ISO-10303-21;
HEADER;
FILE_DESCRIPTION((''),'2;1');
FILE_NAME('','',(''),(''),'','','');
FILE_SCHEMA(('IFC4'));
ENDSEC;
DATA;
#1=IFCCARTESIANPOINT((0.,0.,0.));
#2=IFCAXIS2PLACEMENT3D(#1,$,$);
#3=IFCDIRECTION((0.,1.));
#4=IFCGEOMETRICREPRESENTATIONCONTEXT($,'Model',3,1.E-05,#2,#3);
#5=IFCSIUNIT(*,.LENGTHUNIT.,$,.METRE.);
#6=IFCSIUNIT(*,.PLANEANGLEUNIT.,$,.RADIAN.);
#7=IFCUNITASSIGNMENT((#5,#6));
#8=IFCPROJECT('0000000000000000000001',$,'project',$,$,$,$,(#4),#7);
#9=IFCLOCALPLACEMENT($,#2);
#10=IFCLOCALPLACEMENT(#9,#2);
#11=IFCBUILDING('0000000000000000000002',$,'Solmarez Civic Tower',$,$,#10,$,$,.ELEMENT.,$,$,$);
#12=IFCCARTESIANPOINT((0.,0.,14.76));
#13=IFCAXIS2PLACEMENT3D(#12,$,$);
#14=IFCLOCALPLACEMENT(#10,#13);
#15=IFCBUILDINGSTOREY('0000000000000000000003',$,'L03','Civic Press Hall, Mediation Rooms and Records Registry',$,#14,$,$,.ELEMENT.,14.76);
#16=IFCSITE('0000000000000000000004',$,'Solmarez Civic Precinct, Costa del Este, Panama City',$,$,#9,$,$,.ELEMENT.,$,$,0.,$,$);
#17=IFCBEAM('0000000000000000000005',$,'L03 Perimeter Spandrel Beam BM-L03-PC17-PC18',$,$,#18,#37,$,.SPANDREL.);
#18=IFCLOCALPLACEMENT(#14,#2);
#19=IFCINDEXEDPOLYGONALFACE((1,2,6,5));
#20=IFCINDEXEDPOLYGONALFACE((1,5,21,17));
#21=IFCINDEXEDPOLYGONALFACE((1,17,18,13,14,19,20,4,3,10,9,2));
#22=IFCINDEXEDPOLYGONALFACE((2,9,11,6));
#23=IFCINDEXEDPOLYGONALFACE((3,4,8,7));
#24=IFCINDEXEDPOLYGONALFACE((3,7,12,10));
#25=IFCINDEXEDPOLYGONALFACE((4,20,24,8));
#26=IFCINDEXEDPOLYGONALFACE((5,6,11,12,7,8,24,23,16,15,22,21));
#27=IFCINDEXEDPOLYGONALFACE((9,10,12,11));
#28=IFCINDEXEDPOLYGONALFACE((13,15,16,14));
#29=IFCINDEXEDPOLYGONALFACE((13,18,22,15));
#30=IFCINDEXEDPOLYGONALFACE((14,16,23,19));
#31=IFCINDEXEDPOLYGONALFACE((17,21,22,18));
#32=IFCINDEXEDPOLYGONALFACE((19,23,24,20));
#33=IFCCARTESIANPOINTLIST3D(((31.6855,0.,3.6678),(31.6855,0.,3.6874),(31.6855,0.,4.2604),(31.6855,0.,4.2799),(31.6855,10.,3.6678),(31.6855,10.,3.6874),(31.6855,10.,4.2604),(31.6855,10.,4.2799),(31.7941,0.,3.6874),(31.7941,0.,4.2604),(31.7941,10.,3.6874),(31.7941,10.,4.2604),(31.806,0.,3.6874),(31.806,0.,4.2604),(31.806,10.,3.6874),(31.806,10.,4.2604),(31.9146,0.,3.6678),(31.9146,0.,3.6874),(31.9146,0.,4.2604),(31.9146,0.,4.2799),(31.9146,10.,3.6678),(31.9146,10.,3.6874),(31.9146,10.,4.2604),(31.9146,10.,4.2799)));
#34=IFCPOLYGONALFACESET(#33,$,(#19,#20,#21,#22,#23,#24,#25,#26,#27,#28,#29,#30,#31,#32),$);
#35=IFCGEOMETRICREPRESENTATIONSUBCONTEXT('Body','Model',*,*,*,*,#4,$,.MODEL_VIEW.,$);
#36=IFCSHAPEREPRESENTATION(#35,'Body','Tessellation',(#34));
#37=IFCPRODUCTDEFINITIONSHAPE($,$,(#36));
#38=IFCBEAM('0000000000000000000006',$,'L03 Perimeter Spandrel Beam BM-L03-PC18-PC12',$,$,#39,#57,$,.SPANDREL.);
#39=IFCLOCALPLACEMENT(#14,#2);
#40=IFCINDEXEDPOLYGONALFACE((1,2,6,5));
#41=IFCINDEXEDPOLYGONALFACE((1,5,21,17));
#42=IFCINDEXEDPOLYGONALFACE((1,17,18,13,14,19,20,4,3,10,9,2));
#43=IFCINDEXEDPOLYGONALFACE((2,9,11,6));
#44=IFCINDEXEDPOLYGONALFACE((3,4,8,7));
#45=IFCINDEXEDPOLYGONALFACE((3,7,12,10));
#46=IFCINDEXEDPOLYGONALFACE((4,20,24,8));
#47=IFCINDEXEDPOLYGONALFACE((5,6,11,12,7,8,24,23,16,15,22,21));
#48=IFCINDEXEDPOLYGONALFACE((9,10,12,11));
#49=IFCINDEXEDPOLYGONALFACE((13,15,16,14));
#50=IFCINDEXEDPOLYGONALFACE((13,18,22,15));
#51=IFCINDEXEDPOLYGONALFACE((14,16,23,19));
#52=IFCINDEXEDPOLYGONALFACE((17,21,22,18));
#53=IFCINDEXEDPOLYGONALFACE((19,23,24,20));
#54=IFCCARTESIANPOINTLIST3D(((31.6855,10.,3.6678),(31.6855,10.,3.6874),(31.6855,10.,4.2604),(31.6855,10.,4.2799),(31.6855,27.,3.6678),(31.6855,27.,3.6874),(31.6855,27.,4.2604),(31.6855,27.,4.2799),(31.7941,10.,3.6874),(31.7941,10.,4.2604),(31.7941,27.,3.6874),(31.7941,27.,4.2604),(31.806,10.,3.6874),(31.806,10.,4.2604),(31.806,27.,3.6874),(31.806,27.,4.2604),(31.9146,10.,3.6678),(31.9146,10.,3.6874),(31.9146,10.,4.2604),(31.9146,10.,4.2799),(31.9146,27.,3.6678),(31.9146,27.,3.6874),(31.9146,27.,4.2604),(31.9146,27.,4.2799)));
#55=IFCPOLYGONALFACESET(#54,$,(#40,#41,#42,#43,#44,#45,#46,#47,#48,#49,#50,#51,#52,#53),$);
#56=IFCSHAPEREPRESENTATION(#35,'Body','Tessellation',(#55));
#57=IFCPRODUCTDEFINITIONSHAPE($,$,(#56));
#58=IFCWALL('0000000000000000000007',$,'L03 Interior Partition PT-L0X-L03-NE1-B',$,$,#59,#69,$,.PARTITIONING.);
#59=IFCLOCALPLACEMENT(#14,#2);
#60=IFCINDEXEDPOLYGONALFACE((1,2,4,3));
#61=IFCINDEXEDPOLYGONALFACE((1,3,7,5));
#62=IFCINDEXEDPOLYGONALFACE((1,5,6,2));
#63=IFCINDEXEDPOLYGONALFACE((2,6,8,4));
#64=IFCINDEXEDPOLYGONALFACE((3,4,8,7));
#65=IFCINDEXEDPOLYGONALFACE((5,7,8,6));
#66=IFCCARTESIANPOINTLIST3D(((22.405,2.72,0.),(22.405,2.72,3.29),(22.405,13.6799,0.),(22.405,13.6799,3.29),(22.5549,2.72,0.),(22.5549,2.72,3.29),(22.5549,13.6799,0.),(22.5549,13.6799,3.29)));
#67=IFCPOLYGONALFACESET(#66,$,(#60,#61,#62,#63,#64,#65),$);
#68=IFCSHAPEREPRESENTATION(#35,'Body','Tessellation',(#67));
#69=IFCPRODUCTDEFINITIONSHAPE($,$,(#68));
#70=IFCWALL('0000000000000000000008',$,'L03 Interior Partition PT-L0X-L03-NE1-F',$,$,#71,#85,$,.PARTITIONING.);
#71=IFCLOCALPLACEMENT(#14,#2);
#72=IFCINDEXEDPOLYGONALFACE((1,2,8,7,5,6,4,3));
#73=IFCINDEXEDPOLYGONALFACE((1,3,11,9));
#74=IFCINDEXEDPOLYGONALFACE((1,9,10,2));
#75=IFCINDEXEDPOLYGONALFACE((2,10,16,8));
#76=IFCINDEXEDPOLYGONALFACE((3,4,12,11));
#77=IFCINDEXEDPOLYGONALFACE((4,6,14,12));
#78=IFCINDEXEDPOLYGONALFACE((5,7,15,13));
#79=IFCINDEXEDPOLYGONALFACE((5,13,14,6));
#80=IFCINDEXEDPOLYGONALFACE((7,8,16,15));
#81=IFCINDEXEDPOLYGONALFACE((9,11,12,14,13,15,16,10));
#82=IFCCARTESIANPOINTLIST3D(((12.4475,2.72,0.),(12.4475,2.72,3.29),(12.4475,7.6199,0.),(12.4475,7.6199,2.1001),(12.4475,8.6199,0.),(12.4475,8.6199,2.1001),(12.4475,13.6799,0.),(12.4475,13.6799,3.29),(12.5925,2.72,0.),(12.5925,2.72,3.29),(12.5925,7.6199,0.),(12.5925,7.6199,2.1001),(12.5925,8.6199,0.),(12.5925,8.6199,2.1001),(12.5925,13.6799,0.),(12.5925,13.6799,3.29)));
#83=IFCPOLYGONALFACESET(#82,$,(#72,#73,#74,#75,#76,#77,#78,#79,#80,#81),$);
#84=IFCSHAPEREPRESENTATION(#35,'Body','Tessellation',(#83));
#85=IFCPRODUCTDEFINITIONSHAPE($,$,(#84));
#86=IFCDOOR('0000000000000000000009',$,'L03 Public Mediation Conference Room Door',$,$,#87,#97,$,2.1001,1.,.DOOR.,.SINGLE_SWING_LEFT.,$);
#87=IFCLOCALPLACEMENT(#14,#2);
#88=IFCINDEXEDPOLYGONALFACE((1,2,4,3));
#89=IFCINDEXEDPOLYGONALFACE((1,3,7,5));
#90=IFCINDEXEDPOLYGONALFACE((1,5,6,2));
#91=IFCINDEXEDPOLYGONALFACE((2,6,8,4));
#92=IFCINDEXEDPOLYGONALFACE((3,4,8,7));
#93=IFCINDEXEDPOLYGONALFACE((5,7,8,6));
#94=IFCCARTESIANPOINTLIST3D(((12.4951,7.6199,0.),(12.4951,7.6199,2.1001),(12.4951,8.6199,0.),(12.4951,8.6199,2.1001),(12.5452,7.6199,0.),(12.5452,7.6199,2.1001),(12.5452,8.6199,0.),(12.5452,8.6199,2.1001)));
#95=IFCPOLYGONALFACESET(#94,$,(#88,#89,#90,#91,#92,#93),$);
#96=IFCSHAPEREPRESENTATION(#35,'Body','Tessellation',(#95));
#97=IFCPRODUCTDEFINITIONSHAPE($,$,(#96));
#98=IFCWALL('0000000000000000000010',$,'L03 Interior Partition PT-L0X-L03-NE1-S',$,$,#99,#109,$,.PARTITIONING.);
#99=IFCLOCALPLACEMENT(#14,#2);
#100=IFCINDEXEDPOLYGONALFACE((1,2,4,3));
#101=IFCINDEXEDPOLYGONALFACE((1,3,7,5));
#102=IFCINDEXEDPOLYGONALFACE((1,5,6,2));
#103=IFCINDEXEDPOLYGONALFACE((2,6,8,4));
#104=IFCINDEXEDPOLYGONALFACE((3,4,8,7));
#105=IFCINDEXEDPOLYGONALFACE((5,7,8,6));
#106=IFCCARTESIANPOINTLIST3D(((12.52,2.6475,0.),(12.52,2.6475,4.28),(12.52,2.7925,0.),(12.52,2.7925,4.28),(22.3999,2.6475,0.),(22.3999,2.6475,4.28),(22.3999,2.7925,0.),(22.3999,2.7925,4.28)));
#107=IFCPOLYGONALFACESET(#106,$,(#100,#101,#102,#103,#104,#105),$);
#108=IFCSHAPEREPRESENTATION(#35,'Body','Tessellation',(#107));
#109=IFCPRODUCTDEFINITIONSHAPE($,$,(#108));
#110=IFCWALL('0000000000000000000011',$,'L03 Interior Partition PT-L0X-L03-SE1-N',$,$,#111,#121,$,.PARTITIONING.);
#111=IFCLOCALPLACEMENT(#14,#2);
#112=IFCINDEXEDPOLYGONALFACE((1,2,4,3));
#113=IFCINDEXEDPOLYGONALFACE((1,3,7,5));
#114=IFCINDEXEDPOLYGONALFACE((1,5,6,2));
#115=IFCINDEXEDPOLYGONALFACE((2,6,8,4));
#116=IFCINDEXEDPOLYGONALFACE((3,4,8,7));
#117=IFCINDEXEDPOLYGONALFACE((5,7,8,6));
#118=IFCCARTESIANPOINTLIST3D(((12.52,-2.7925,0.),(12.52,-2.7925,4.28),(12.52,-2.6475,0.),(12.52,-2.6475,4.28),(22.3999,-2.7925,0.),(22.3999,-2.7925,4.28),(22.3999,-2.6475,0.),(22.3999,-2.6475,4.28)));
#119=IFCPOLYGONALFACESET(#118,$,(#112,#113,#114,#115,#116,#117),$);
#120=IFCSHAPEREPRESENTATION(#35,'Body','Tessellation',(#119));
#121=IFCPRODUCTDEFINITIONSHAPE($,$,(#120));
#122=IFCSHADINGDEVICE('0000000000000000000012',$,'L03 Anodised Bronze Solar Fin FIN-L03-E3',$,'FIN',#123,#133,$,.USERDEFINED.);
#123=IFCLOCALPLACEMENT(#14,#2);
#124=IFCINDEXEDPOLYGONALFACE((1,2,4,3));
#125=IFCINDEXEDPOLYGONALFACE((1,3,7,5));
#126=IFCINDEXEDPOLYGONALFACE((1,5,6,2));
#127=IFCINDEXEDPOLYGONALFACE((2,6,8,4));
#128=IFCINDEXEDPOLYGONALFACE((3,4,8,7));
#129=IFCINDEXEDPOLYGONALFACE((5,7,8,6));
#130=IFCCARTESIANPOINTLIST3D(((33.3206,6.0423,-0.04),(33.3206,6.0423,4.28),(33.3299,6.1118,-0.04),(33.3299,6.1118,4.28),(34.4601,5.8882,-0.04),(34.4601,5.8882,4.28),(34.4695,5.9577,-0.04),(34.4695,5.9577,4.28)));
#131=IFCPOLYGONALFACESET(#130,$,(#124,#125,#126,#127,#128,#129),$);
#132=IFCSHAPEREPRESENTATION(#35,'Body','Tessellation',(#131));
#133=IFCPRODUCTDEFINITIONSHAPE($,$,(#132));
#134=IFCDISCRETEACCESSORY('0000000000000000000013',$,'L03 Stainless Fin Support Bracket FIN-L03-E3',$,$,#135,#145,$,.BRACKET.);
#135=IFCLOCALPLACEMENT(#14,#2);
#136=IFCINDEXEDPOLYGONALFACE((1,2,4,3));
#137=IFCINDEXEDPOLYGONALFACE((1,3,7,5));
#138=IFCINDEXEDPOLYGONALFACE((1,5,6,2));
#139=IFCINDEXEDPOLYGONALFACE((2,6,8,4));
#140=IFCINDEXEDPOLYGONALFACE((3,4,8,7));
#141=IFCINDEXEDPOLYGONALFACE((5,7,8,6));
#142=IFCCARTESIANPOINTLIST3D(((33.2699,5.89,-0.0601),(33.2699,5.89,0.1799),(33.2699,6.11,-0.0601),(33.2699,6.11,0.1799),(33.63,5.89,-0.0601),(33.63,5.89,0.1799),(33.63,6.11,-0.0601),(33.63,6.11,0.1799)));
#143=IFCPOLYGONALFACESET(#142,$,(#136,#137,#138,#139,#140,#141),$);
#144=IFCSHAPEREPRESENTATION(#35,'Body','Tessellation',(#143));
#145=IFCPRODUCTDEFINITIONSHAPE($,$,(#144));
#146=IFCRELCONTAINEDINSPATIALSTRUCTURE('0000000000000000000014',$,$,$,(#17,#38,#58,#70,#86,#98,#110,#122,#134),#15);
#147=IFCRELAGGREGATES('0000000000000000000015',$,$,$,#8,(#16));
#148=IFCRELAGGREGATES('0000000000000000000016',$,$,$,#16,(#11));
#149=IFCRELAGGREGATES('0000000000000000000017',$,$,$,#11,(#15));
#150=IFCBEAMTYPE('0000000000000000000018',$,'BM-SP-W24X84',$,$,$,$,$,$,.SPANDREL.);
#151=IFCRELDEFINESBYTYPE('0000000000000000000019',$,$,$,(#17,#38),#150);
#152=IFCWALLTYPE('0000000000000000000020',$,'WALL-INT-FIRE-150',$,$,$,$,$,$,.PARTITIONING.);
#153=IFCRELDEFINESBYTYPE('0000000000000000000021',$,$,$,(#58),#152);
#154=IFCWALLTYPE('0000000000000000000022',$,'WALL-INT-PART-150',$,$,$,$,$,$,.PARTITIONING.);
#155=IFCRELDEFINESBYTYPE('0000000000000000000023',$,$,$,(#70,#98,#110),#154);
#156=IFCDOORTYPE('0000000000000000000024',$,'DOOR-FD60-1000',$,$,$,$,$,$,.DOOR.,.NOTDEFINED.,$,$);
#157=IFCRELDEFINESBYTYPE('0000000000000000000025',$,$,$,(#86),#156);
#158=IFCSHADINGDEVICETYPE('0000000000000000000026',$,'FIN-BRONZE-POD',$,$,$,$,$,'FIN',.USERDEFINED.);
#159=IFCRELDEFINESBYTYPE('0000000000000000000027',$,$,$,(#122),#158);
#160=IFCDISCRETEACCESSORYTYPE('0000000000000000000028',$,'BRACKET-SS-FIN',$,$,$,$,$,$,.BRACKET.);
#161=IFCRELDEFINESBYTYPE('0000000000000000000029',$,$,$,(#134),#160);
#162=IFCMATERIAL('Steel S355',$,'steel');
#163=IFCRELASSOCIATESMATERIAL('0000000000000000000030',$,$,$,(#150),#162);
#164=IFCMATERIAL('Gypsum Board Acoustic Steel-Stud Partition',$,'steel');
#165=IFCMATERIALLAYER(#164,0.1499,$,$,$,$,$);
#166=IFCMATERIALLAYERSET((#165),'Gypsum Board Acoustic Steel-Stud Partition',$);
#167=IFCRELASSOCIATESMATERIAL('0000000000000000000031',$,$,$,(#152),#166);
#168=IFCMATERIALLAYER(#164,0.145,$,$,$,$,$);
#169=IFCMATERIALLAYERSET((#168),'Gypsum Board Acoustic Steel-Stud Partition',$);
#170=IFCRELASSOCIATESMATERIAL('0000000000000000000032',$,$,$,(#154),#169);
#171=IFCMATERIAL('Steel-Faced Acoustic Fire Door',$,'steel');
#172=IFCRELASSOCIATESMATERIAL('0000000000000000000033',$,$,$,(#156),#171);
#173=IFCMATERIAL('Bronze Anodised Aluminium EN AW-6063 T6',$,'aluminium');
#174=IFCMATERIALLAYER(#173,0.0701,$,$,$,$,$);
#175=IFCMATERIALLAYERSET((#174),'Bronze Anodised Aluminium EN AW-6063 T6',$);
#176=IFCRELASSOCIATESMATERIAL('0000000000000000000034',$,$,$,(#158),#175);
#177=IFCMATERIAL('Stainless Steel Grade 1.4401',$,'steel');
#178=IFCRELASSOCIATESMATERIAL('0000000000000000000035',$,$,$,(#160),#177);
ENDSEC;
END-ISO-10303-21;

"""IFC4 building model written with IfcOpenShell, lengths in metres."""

from ifc_helpers import new_model, si_unit, direction, frame, frame_2d, origin, origin_2d, place, context, subcontext, project, spatial, rectangle, i_section, extrude, material, layer, layer_set, material_profile, profile_set, type_object, element, fill, save


model = new_model("IFC4")

# Units and contexts
model_context = context("Model", 3, precision=1e-05, world=origin(), true_north=direction((0.0, 1.0)))
body_context = subcontext(model_context, "Body", "Model", "MODEL_VIEW")
ifc_project = project(units=[si_unit("LENGTHUNIT", "METRE"), si_unit("PLANEANGLEUNIT", "RADIAN")], contexts=[model_context])

# Site, building, storey
site_placement = place(None, origin())
site = spatial("IfcSite", under=ifc_project, at=site_placement, Name="Solmarez Civic Precinct, Costa del Este, Panama City", CompositionType="ELEMENT", RefElevation=0.0)
building_placement = place(site_placement, origin())
building = spatial("IfcBuilding", under=site, at=building_placement, Name="Solmarez Civic Tower", CompositionType="ELEMENT")
storey_placement = place(building_placement, frame((0.0, 0.0, 14.76)))
storey = spatial("IfcBuildingStorey", under=building, at=storey_placement, Name="L03", Description="Civic Press Hall, Mediation Rooms and Records Registry", CompositionType="ELEMENT", Elevation=14.76)

# Beams
ifc_material_1 = material(Name="Steel S355", Category="steel")
ifc_material_profile_1 = material_profile(ifc_material_1, i_section(OverallWidth=0.229, OverallDepth=0.6121, WebThickness=0.012, FlangeThickness=0.0195, at=origin_2d()), Name="W24X84")
ifc_profile_set_1 = profile_set([ifc_material_profile_1], Name="Steel S355")
beam_type_1 = type_object("IfcBeamType", Name="BM-SP-W24X84", PredefinedType="SPANDREL", material=ifc_profile_set_1)
beam_1_placement = place(storey_placement, frame((31.8, 0.0, 3.9739), z_axis=(0.0, 1.0, 0.0), x_axis=(-1.0, 0.0, 0.0)))
element("IfcBeam", 1, at=beam_1_placement, inside=storey, type_object=beam_type_1, Name="L03 Perimeter Spandrel Beam BM-L03-PC17-PC18", PredefinedType="SPANDREL", context=body_context, shape_type="SweptSolid", body=[
    extrude(i_section(OverallWidth=0.229, OverallDepth=0.6121, WebThickness=0.012, FlangeThickness=0.0195, at=origin_2d()), origin(), (0.0, 0.0, 1.0), 10.0),
])
beam_2_placement = place(storey_placement, frame((31.8, 10.0, 3.9739), z_axis=(0.0, 1.0, 0.0), x_axis=(-1.0, 0.0, 0.0)))
element("IfcBeam", 2, at=beam_2_placement, inside=storey, type_object=beam_type_1, Name="L03 Perimeter Spandrel Beam BM-L03-PC18-PC12", PredefinedType="SPANDREL", context=body_context, shape_type="SweptSolid", body=[
    extrude(i_section(OverallWidth=0.229, OverallDepth=0.6121, WebThickness=0.012, FlangeThickness=0.0195, at=origin_2d()), origin(), (0.0, 0.0, 1.0), 17.0),
])

# Wall
ifc_material_2 = material(Name="Gypsum Board Acoustic Steel-Stud Partition", Category="steel")
ifc_layer_1 = layer(ifc_material_2, 0.1499)
ifc_layer_set_1 = layer_set([ifc_layer_1], Name="Gypsum Board Acoustic Steel-Stud Partition")
wall_type_1 = type_object("IfcWallType", Name="WALL-INT-FIRE-150", PredefinedType="PARTITIONING", material=ifc_layer_set_1)
wall_1_placement = place(storey_placement, frame((22.48, 2.72, 0.0), z_axis=(0.0, 0.0, 1.0), x_axis=(0.0, 1.0, 0.0)))
element("IfcWall", 3, at=wall_1_placement, inside=storey, type_object=wall_type_1, Name="L03 Interior Partition PT-L0X-L03-NE1-B", PredefinedType="PARTITIONING", context=body_context, shape_type="SweptSolid", body=[
    extrude(rectangle(XDim=10.96, YDim=0.1499, at=frame_2d((5.48, 0.0))), origin(), (0.0, 0.0, 1.0), 3.29),
])

# Wall, opening, door
ifc_layer_2 = layer(ifc_material_2, 0.145)
ifc_layer_set_2 = layer_set([ifc_layer_2], Name="Gypsum Board Acoustic Steel-Stud Partition")
wall_type_2 = type_object("IfcWallType", Name="WALL-INT-PART-150", PredefinedType="PARTITIONING", material=ifc_layer_set_2)
wall_2_placement = place(storey_placement, frame((12.52, 2.72, 0.0), z_axis=(0.0, 0.0, 1.0), x_axis=(0.0, 1.0, 0.0)))
wall_2 = element("IfcWall", 4, at=wall_2_placement, inside=storey, type_object=wall_type_2, Name="L03 Interior Partition PT-L0X-L03-NE1-F", PredefinedType="PARTITIONING", context=body_context, shape_type="SweptSolid", body=[
    extrude(rectangle(XDim=10.96, YDim=0.145, at=frame_2d((5.48, 0.0))), origin(), (0.0, 0.0, 1.0), 3.29),
])
opening_placement = place(wall_2_placement, frame((4.8999, 0.0, 0.0)))
opening = element("IfcOpeningElement", 5, at=opening_placement, cuts=wall_2, PredefinedType="OPENING", context=body_context, shape_type="SweptSolid", body=[
    extrude(rectangle(XDim=1.0, YDim=2.1001, at=frame_2d((0.5, 1.05))), frame((0.0, 0.0825, 0.0), z_axis=(0.0, -1.0, 0.0), x_axis=(1.0, 0.0, 0.0)), (0.0, 0.0, 1.0), 0.165),
])
ifc_material_3 = material(Name="Steel-Faced Acoustic Fire Door", Category="steel")
door_type = type_object("IfcDoorType", Name="DOOR-FD60-1000", OperationType="NOTDEFINED", PredefinedType="DOOR", material=ifc_material_3)
door_placement = place(opening_placement, origin())
door = element("IfcDoor", 6, at=door_placement, inside=storey, type_object=door_type, Name="L03 Public Mediation Conference Room Door", OperationType="SINGLE_SWING_LEFT", OverallHeight=2.1001, OverallWidth=1.0, PredefinedType="DOOR", context=body_context, shape_type="SweptSolid", body=[
    extrude(rectangle(XDim=1.0, YDim=2.1001, at=frame_2d((0.5, 1.05))), frame((0.0, 0.0249, 0.0), z_axis=(0.0, -1.0, 0.0), x_axis=(1.0, 0.0, 0.0)), (0.0, 0.0, 1.0), 0.05),
])
fill(opening, door)

# Walls
for number, where, z_axis, x_axis, name in (
    (7, (12.52, 2.72, 0.0), (0.0, 0.0, 1.0), (1.0, 0.0, 0.0), "L03 Interior Partition PT-L0X-L03-NE1-S"),
    (8, (12.52, -2.72, 0.0), (0.0, 0.0, 1.0), (1.0, 0.0, 0.0), "L03 Interior Partition PT-L0X-L03-SE1-N"),
):
    element("IfcWall", number, at=place(storey_placement, frame(where, z_axis=z_axis, x_axis=x_axis)), inside=storey, type_object=wall_type_2, Name=name, PredefinedType="PARTITIONING", context=body_context, shape_type="SweptSolid", body=[
        extrude(rectangle(XDim=9.8799, YDim=0.145, at=frame_2d((4.9399, 0.0))), origin(), (0.0, 0.0, 1.0), 4.28),
    ])

# Shading device
ifc_material_4 = material(Name="Bronze Anodised Aluminium EN AW-6063 T6", Category="aluminium")
ifc_layer_3 = layer(ifc_material_4, 0.0701)
ifc_layer_set_3 = layer_set([ifc_layer_3], Name="Bronze Anodised Aluminium EN AW-6063 T6")
shading_device_type = type_object("IfcShadingDeviceType", Name="FIN-BRONZE-POD", ElementType="FIN", PredefinedType="USERDEFINED", material=ifc_layer_set_3)
shading_device_placement = place(storey_placement, frame((33.895, 6.0, -0.04), z_axis=(0.0, 0.0, 1.0), x_axis=(0.990983, -0.133986, 0.0)))
element("IfcShadingDevice", 9, at=shading_device_placement, inside=storey, type_object=shading_device_type, Name="L03 Anodised Bronze Solar Fin FIN-L03-E3", ObjectType="FIN", PredefinedType="USERDEFINED", context=body_context, shape_type="SweptSolid", body=[
    extrude(rectangle(XDim=1.1499, YDim=0.0701, at=origin_2d()), origin(), (0.0, 0.0, 1.0), 4.3201),
])

# Discrete accessory
ifc_material_5 = material(Name="Stainless Steel Grade 1.4401", Category="steel")
discrete_accessory_type = type_object("IfcDiscreteAccessoryType", Name="BRACKET-SS-FIN", PredefinedType="BRACKET", material=ifc_material_5)
discrete_accessory_placement = place(storey_placement, frame((33.45, 6.0, -0.0601), z_axis=(0.0, 0.0, 1.0), x_axis=(1.0, 0.0, 0.0)))
element("IfcDiscreteAccessory", 10, at=discrete_accessory_placement, inside=storey, type_object=discrete_accessory_type, Name="L03 Stainless Fin Support Bracket FIN-L03-E3", PredefinedType="BRACKET", context=body_context, shape_type="SweptSolid", body=[
    extrude(rectangle(XDim=0.3601, YDim=0.22, at=origin_2d()), origin(), (0.0, 0.0, 1.0), 0.24),
])

save(model, "model.ifc")
